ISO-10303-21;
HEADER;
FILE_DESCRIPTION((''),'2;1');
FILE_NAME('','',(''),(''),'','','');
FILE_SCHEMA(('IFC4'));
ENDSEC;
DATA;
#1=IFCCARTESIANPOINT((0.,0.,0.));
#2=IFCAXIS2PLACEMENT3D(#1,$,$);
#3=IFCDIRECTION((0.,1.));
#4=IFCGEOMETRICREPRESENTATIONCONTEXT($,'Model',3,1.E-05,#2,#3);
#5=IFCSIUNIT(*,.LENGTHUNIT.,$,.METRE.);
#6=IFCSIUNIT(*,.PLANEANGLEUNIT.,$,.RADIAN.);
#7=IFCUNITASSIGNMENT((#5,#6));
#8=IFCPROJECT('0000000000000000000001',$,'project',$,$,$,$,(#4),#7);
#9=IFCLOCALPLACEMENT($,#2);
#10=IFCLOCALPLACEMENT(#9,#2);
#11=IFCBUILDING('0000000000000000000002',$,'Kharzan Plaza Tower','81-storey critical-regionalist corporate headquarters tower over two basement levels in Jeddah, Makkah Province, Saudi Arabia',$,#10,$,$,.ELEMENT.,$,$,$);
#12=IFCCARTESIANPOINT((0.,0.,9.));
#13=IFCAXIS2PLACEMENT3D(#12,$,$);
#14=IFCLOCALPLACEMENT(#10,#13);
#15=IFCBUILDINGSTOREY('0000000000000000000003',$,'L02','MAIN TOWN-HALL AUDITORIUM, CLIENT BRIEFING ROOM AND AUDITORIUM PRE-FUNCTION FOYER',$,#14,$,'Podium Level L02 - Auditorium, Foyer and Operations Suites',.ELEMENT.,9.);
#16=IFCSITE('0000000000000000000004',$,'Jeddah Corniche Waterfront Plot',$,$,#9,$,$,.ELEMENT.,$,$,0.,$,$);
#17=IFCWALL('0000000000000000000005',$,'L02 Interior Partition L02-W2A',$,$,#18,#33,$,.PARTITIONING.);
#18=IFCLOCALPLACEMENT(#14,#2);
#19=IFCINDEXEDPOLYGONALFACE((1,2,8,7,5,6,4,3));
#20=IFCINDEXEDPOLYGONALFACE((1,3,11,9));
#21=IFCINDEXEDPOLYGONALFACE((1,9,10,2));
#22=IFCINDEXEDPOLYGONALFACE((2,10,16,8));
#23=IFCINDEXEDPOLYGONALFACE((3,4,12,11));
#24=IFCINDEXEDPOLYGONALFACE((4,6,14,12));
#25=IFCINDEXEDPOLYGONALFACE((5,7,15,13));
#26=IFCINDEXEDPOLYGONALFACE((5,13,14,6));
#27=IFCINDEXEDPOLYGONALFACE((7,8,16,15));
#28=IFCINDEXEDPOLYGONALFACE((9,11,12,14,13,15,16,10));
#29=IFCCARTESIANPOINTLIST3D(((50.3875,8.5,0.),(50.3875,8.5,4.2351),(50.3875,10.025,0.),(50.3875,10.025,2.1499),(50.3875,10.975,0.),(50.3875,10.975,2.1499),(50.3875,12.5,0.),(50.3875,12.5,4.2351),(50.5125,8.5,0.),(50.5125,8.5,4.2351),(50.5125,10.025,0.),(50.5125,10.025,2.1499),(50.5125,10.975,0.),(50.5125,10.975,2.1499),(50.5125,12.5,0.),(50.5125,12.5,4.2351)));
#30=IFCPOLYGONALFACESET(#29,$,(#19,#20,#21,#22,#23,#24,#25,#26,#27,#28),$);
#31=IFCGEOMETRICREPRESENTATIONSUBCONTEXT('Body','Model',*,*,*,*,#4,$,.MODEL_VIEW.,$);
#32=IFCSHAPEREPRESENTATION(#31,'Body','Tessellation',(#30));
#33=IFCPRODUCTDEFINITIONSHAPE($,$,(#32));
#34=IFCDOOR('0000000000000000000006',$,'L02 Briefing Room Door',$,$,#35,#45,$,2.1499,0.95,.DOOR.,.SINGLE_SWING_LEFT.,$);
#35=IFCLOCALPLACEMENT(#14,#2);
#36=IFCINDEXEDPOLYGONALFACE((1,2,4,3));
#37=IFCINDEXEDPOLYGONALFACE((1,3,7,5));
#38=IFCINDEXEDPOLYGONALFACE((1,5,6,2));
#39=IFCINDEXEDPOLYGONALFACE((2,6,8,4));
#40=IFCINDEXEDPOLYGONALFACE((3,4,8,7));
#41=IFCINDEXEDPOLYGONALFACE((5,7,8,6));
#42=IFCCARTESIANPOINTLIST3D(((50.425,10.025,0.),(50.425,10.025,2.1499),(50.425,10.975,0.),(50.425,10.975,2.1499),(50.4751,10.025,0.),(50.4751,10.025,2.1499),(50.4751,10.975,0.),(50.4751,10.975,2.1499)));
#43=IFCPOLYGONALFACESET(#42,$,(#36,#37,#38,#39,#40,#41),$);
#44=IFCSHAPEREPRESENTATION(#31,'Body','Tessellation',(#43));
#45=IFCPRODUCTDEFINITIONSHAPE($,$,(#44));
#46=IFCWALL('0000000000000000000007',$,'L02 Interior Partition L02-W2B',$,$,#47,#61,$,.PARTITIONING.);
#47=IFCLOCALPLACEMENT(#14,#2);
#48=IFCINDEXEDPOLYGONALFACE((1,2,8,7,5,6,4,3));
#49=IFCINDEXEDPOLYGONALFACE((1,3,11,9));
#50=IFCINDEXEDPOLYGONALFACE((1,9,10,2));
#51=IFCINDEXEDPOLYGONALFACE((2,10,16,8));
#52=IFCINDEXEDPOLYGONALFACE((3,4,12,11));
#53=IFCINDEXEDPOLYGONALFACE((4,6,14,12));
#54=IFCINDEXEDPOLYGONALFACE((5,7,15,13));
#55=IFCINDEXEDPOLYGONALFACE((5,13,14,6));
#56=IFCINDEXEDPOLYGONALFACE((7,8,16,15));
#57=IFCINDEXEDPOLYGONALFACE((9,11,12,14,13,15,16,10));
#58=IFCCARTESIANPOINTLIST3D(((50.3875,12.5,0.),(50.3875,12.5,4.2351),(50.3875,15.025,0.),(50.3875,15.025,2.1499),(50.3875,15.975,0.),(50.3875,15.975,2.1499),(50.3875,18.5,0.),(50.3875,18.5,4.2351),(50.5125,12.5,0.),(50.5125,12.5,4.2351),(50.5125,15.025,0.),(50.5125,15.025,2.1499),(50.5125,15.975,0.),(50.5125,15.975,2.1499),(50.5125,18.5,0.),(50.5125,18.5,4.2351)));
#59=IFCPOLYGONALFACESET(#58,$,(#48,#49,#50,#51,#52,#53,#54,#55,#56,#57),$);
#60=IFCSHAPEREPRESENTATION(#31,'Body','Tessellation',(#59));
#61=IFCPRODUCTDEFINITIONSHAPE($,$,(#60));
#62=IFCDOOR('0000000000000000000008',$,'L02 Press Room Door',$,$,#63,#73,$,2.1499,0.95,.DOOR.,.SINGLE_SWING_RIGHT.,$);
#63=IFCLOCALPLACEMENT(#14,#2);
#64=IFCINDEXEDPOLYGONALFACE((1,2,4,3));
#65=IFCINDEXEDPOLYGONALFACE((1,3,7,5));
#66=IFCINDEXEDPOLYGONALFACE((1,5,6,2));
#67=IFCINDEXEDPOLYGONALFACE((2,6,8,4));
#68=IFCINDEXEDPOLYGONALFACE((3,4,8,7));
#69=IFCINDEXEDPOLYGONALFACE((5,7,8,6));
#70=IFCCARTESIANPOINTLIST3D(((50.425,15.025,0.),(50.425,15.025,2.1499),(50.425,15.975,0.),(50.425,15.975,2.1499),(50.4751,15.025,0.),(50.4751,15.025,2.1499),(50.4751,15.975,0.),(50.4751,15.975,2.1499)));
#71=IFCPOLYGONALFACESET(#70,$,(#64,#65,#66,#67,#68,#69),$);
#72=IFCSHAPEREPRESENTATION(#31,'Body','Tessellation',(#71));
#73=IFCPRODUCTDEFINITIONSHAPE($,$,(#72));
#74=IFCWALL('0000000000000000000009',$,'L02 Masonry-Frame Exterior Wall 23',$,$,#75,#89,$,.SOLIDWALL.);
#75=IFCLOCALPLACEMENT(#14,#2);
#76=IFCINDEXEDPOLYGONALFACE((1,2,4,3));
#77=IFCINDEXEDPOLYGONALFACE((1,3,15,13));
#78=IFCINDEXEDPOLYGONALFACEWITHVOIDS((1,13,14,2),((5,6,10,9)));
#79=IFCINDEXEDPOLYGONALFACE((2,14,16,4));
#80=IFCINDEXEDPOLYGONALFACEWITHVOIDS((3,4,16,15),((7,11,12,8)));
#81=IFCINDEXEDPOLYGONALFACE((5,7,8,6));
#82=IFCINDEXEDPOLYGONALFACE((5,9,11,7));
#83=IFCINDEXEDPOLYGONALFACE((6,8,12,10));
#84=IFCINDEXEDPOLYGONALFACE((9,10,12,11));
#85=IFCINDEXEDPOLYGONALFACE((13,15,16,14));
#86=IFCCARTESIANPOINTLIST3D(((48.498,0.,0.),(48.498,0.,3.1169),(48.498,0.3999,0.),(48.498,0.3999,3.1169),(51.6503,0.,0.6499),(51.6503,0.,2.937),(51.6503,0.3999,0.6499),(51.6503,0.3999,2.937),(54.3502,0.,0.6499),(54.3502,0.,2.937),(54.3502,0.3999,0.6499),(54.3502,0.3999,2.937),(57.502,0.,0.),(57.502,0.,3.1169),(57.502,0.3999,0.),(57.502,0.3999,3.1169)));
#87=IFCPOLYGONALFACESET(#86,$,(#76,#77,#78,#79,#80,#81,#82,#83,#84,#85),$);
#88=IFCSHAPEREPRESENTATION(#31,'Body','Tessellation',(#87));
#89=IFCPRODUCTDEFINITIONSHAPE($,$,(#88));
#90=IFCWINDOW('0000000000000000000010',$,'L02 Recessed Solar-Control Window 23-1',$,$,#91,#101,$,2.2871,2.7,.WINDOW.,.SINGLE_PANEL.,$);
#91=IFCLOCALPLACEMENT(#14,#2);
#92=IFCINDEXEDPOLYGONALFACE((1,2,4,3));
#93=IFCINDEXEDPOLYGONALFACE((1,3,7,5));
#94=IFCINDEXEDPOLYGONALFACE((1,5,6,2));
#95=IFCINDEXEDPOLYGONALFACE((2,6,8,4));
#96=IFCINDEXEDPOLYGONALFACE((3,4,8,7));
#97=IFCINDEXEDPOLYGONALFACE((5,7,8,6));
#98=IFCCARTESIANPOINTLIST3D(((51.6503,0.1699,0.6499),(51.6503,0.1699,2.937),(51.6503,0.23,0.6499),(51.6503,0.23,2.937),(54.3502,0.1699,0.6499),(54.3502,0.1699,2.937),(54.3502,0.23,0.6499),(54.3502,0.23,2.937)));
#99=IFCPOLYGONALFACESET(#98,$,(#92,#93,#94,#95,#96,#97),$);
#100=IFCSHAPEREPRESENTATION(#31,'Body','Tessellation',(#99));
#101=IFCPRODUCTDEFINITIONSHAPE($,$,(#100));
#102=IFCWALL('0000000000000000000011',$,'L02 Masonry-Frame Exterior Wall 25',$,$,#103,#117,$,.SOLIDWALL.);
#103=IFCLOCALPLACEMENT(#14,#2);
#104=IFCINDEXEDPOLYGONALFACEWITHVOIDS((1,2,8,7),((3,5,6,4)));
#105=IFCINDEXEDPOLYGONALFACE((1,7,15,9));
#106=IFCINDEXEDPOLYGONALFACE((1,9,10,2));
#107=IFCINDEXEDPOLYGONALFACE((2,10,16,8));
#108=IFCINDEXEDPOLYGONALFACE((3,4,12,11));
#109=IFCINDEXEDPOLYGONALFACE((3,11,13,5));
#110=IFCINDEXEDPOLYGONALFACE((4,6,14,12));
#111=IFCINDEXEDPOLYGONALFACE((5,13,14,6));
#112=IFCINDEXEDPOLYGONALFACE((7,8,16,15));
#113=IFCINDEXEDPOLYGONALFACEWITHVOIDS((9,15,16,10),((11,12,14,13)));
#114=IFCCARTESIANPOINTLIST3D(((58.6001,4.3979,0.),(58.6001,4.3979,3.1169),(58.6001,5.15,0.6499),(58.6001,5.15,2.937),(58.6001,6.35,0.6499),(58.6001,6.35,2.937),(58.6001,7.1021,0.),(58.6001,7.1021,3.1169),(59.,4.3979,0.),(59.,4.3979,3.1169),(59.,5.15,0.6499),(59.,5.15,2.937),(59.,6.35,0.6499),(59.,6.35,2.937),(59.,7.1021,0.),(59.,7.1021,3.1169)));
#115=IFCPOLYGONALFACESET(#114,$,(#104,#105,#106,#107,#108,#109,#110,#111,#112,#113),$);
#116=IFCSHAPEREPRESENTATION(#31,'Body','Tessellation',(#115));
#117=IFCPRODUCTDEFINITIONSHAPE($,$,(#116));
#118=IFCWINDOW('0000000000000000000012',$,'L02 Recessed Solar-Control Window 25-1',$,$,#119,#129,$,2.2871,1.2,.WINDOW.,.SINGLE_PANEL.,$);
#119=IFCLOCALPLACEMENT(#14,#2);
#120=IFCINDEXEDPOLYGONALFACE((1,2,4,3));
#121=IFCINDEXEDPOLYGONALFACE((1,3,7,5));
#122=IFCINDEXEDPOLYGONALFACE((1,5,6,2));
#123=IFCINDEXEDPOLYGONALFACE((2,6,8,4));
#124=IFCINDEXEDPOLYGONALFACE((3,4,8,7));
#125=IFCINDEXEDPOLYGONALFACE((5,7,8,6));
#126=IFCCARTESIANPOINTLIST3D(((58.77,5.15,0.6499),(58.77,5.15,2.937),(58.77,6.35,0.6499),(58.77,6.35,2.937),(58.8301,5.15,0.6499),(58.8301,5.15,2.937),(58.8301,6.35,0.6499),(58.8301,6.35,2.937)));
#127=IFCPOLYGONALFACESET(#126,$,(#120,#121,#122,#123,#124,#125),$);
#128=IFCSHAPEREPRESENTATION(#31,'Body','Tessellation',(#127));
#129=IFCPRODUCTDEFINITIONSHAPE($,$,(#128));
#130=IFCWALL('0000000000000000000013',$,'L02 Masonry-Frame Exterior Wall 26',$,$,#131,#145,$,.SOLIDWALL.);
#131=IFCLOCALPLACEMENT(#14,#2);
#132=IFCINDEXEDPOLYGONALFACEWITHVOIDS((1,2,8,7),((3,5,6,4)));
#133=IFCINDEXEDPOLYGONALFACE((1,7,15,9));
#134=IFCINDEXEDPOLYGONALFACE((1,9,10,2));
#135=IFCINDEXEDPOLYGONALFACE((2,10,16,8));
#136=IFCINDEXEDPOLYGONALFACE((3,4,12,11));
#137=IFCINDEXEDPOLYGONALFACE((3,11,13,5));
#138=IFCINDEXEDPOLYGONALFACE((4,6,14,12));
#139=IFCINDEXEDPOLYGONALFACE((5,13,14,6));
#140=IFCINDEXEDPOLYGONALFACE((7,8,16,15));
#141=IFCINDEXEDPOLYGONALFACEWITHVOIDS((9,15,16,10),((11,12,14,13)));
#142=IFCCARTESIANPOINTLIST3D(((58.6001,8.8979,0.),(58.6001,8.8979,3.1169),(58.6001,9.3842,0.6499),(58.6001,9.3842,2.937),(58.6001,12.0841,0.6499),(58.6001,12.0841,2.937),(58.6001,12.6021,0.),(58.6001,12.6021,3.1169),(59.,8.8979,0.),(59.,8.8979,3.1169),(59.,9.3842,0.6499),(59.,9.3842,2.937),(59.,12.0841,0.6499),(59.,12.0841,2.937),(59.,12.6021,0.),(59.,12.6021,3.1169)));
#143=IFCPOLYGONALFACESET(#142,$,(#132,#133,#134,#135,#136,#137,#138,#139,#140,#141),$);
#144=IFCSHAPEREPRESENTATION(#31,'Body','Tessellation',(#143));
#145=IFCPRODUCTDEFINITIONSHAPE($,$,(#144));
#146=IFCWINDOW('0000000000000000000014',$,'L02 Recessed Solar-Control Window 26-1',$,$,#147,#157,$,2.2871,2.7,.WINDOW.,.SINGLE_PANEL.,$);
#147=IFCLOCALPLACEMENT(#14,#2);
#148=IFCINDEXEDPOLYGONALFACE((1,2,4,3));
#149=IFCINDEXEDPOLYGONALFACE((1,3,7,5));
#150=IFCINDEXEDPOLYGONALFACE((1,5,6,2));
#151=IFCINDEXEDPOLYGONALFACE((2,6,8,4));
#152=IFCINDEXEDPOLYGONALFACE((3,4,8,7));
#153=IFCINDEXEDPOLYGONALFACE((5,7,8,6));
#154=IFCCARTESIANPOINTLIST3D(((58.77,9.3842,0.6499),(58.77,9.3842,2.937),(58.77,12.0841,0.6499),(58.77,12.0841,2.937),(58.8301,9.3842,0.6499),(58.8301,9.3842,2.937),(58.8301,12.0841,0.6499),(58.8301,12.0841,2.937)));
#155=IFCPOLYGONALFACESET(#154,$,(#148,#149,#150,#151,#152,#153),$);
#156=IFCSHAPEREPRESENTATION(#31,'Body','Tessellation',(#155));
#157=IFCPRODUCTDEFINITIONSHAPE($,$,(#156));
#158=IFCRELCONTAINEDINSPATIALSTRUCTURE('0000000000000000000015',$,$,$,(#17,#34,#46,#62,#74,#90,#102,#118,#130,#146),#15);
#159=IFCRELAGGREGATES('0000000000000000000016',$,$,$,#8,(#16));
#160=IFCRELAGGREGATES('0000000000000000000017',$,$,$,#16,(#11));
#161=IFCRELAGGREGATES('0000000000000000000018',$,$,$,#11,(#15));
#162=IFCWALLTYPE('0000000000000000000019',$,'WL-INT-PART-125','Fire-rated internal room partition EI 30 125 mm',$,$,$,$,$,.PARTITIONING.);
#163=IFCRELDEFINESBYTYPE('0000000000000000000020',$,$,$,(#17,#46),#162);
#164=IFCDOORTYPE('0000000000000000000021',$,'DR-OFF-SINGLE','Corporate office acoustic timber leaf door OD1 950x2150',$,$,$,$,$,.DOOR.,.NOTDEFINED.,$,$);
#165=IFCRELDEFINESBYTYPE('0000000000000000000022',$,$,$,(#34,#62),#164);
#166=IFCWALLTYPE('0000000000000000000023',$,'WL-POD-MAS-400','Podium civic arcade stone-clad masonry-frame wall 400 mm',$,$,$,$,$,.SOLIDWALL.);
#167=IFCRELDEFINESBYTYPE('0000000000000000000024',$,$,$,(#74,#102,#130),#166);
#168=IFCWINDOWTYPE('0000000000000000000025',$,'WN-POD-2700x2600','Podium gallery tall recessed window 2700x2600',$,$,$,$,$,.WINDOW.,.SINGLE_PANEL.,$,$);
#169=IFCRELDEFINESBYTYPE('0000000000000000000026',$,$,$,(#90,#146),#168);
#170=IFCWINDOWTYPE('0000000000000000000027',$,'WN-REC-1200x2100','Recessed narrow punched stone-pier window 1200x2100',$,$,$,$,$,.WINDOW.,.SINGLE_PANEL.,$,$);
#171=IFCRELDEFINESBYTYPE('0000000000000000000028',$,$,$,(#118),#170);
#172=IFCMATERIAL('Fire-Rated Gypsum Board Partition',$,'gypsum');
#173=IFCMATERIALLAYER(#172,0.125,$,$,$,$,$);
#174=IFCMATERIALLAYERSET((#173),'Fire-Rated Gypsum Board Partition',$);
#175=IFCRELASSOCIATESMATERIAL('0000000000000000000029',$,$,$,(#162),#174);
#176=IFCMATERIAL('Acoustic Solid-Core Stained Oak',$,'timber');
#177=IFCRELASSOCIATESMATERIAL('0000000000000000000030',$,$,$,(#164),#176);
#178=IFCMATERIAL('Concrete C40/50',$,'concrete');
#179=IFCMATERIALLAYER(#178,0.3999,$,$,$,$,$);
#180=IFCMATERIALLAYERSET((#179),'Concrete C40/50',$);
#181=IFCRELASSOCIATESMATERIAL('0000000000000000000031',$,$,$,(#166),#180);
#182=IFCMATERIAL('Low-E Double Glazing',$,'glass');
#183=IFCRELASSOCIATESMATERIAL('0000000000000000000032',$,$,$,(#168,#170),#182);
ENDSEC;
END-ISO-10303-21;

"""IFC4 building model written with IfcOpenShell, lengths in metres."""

from ifc_helpers import new_model, si_unit, direction, frame, frame_2d, origin, place, context, subcontext, project, spatial, rectangle, extrude, source, transform, mapped, material, layer, layer_set, type_object, element, fill, save


model = new_model("IFC4")

# Units and contexts
model_context = context("Model", 3, precision=1e-05, world=origin(), true_north=direction((0.0, 1.0)))
body_context = subcontext(model_context, "Body", "Model", "MODEL_VIEW")
ifc_project = project(units=[si_unit("LENGTHUNIT", "METRE"), si_unit("PLANEANGLEUNIT", "RADIAN")], contexts=[model_context])

# Site, building, storey
site_placement = place(None, origin())
site = spatial("IfcSite", under=ifc_project, at=site_placement, Name="Jeddah Corniche Waterfront Plot", CompositionType="ELEMENT", RefElevation=0.0)
building_placement = place(site_placement, origin())
building = spatial("IfcBuilding", under=site, at=building_placement, Name="Kharzan Plaza Tower", Description="81-storey critical-regionalist corporate headquarters tower over two basement levels in Jeddah, Makkah Province, Saudi Arabia", CompositionType="ELEMENT")
storey_placement = place(building_placement, frame((0.0, 0.0, 9.0)))
storey = spatial("IfcBuildingStorey", under=building, at=storey_placement, Name="L02", Description="MAIN TOWN-HALL AUDITORIUM, CLIENT BRIEFING ROOM AND AUDITORIUM PRE-FUNCTION FOYER", LongName="Podium Level L02 - Auditorium, Foyer and Operations Suites", CompositionType="ELEMENT", Elevation=9.0)

# Walls, openings, doors
ifc_material_1 = material(Name="Fire-Rated Gypsum Board Partition", Category="gypsum")
ifc_layer_1 = layer(ifc_material_1, 0.125)
ifc_layer_set_1 = layer_set([ifc_layer_1], Name="Fire-Rated Gypsum Board Partition")
wall_type_1 = type_object("IfcWallType", Name="WL-INT-PART-125", Description="Fire-rated internal room partition EI 30 125 mm", PredefinedType="PARTITIONING", material=ifc_layer_set_1)
wall_1_placement = place(storey_placement, frame((50.45, 8.5, 0.0), z_axis=(0.0, 0.0, 1.0), x_axis=(0.0, 1.0, 0.0)))
wall_1 = element("IfcWall", 1, at=wall_1_placement, inside=storey, type_object=wall_type_1, Name="L02 Interior Partition L02-W2A", PredefinedType="PARTITIONING", context=body_context, shape_type="SweptSolid", body=[
    extrude(rectangle(XDim=4.0, YDim=0.125, at=frame_2d((2.0, 0.0))), origin(), (0.0, 0.0, 1.0), 4.2351),
])
opening_1_placement = place(wall_1_placement, frame((1.5249, 0.0, 0.0)))
opening_1 = element("IfcOpeningElement", 2, at=opening_1_placement, cuts=wall_1, PredefinedType="OPENING", context=body_context, shape_type="SweptSolid", body=[
    extrude(rectangle(XDim=0.95, YDim=2.1499, at=frame_2d((0.4751, 1.075))), frame((0.0, 0.0725, 0.0), z_axis=(0.0, -1.0, 0.0), x_axis=(1.0, 0.0, 0.0)), (0.0, 0.0, 1.0), 0.145),
])
ifc_material_2 = material(Name="Acoustic Solid-Core Stained Oak", Category="timber")
door_type = type_object("IfcDoorType", Name="DR-OFF-SINGLE", Description="Corporate office acoustic timber leaf door OD1 950x2150", OperationType="NOTDEFINED", PredefinedType="DOOR", material=ifc_material_2)
shared_shape_1 = source(origin(), body_context, "Body", "SweptSolid", [
    extrude(rectangle(XDim=0.95, YDim=2.1499, at=frame_2d((0.4751, 1.075))), frame((0.0, 0.0249, 0.0), z_axis=(0.0, -1.0, 0.0), x_axis=(1.0, 0.0, 0.0)), (0.0, 0.0, 1.0), 0.05),
])
door_1_placement = place(opening_1_placement, origin())
door_1 = element("IfcDoor", 3, at=door_1_placement, inside=storey, type_object=door_type, Name="L02 Briefing Room Door", OperationType="SINGLE_SWING_LEFT", OverallHeight=2.1499, OverallWidth=0.95, PredefinedType="DOOR", context=body_context, shape_type="MappedRepresentation", body=[
    mapped(shared_shape_1, transform((0.0, 0.0, 0.0), x_axis=(1.0, 0.0, 0.0), y_axis=(0.0, 1.0, 0.0), z_axis=(0.0, 0.0, 1.0))),
])
fill(opening_1, door_1)
wall_2_placement = place(storey_placement, frame((50.45, 12.5, 0.0), z_axis=(0.0, 0.0, 1.0), x_axis=(0.0, 1.0, 0.0)))
wall_2 = element("IfcWall", 4, at=wall_2_placement, inside=storey, type_object=wall_type_1, Name="L02 Interior Partition L02-W2B", PredefinedType="PARTITIONING", context=body_context, shape_type="SweptSolid", body=[
    extrude(rectangle(XDim=6.0, YDim=0.125, at=frame_2d((3.0, 0.0))), origin(), (0.0, 0.0, 1.0), 4.2351),
])
opening_2_placement = place(wall_2_placement, frame((2.5249, 0.0, 0.0)))
opening_2 = element("IfcOpeningElement", 5, at=opening_2_placement, cuts=wall_2, PredefinedType="OPENING", context=body_context, shape_type="SweptSolid", body=[
    extrude(rectangle(XDim=0.95, YDim=2.1499, at=frame_2d((0.4751, 1.075))), frame((0.0, 0.0725, 0.0), z_axis=(0.0, -1.0, 0.0), x_axis=(1.0, 0.0, 0.0)), (0.0, 0.0, 1.0), 0.145),
])
door_2_placement = place(opening_2_placement, origin())
door_2 = element("IfcDoor", 6, at=door_2_placement, inside=storey, type_object=door_type, Name="L02 Press Room Door", OperationType="SINGLE_SWING_RIGHT", OverallHeight=2.1499, OverallWidth=0.95, PredefinedType="DOOR", context=body_context, shape_type="MappedRepresentation", body=[
    mapped(shared_shape_1, transform((0.0, 0.0, 0.0), x_axis=(1.0, 0.0, 0.0), y_axis=(0.0, 1.0, 0.0), z_axis=(0.0, 0.0, 1.0))),
])
fill(opening_2, door_2)

# Walls, openings, windows
ifc_material_3 = material(Name="Concrete C40/50", Category="concrete")
ifc_layer_2 = layer(ifc_material_3, 0.3999)
ifc_layer_set_2 = layer_set([ifc_layer_2], Name="Concrete C40/50")
wall_type_2 = type_object("IfcWallType", Name="WL-POD-MAS-400", Description="Podium civic arcade stone-clad masonry-frame wall 400 mm", PredefinedType="SOLIDWALL", material=ifc_layer_set_2)
wall_3_placement = place(storey_placement, frame((48.498, 0.2, 0.0), z_axis=(0.0, 0.0, 1.0), x_axis=(1.0, 0.0, 0.0)))
wall_3 = element("IfcWall", 7, at=wall_3_placement, inside=storey, type_object=wall_type_2, Name="L02 Masonry-Frame Exterior Wall 23", PredefinedType="SOLIDWALL", context=body_context, shape_type="SweptSolid", body=[
    extrude(rectangle(XDim=9.0039, YDim=0.3999, at=frame_2d((4.502, 0.0))), origin(), (0.0, 0.0, 1.0), 3.1169),
])
opening_3_placement = place(wall_3_placement, frame((3.1521, 0.0, 0.6499)))
opening_3 = element("IfcOpeningElement", 8, at=opening_3_placement, cuts=wall_3, PredefinedType="OPENING", context=body_context, shape_type="SweptSolid", body=[
    extrude(rectangle(XDim=2.7, YDim=2.2871, at=frame_2d((1.3501, 1.1436))), frame((0.0, 0.21, 0.0), z_axis=(0.0, -1.0, 0.0), x_axis=(1.0, 0.0, 0.0)), (0.0, 0.0, 1.0), 0.4199),
])
ifc_material_4 = material(Name="Low-E Double Glazing", Category="glass")
window_type_1 = type_object("IfcWindowType", Name="WN-POD-2700x2600", Description="Podium gallery tall recessed window 2700x2600", PartitioningType="SINGLE_PANEL", PredefinedType="WINDOW", material=ifc_material_4)
shared_shape_2 = source(origin(), body_context, "Body", "SweptSolid", [
    extrude(rectangle(XDim=2.7, YDim=2.2871, at=frame_2d((1.3501, 1.1436))), frame((0.0, 0.03, 0.0), z_axis=(0.0, -1.0, 0.0), x_axis=(1.0, 0.0, 0.0)), (0.0, 0.0, 1.0), 0.0601),
])
window_1_placement = place(opening_3_placement, origin())
window_1 = element("IfcWindow", 9, at=window_1_placement, inside=storey, type_object=window_type_1, Name="L02 Recessed Solar-Control Window 23-1", OverallHeight=2.2871, OverallWidth=2.7, PartitioningType="SINGLE_PANEL", PredefinedType="WINDOW", context=body_context, shape_type="MappedRepresentation", body=[
    mapped(shared_shape_2, transform((0.0, 0.0, 0.0), x_axis=(1.0, 0.0, 0.0), y_axis=(0.0, 1.0, 0.0), z_axis=(0.0, 0.0, 1.0))),
])
fill(opening_3, window_1)
wall_4_placement = place(storey_placement, frame((58.8, 4.3979, 0.0), z_axis=(0.0, 0.0, 1.0), x_axis=(0.0, 1.0, 0.0)))
wall_4 = element("IfcWall", 10, at=wall_4_placement, inside=storey, type_object=wall_type_2, Name="L02 Masonry-Frame Exterior Wall 25", PredefinedType="SOLIDWALL", context=body_context, shape_type="SweptSolid", body=[
    extrude(rectangle(XDim=2.7041, YDim=0.3999, at=frame_2d((1.3521, 0.0))), origin(), (0.0, 0.0, 1.0), 3.1169),
])
opening_4_placement = place(wall_4_placement, frame((0.752, 0.0, 0.6499)))
opening_4 = element("IfcOpeningElement", 11, at=opening_4_placement, cuts=wall_4, PredefinedType="OPENING", context=body_context, shape_type="SweptSolid", body=[
    extrude(rectangle(XDim=1.2, YDim=2.2871, at=frame_2d((0.6001, 1.1436))), frame((0.0, 0.21, 0.0), z_axis=(0.0, -1.0, 0.0), x_axis=(1.0, 0.0, 0.0)), (0.0, 0.0, 1.0), 0.4199),
])
window_type_2 = type_object("IfcWindowType", Name="WN-REC-1200x2100", Description="Recessed narrow punched stone-pier window 1200x2100", PartitioningType="SINGLE_PANEL", PredefinedType="WINDOW", material=ifc_material_4)
shared_shape_3 = source(origin(), body_context, "Body", "SweptSolid", [
    extrude(rectangle(XDim=1.2, YDim=2.2871, at=frame_2d((0.6001, 1.1436))), frame((0.0, 0.03, 0.0), z_axis=(0.0, -1.0, 0.0), x_axis=(1.0, 0.0, 0.0)), (0.0, 0.0, 1.0), 0.0601),
])
window_2_placement = place(opening_4_placement, origin())
window_2 = element("IfcWindow", 12, at=window_2_placement, inside=storey, type_object=window_type_2, Name="L02 Recessed Solar-Control Window 25-1", OverallHeight=2.2871, OverallWidth=1.2, PartitioningType="SINGLE_PANEL", PredefinedType="WINDOW", context=body_context, shape_type="MappedRepresentation", body=[
    mapped(shared_shape_3, transform((0.0, 0.0, 0.0), x_axis=(1.0, 0.0, 0.0), y_axis=(0.0, 1.0, 0.0), z_axis=(0.0, 0.0, 1.0))),
])
fill(opening_4, window_2)
wall_5_placement = place(storey_placement, frame((58.8, 8.8979, 0.0), z_axis=(0.0, 0.0, 1.0), x_axis=(0.0, 1.0, 0.0)))
wall_5 = element("IfcWall", 13, at=wall_5_placement, inside=storey, type_object=wall_type_2, Name="L02 Masonry-Frame Exterior Wall 26", PredefinedType="SOLIDWALL", context=body_context, shape_type="SweptSolid", body=[
    extrude(rectangle(XDim=3.7041, YDim=0.3999, at=frame_2d((1.8521, 0.0))), origin(), (0.0, 0.0, 1.0), 3.1169),
])
opening_5_placement = place(wall_5_placement, frame((0.4861, 0.0, 0.6499)))
opening_5 = element("IfcOpeningElement", 14, at=opening_5_placement, cuts=wall_5, PredefinedType="OPENING", context=body_context, shape_type="SweptSolid", body=[
    extrude(rectangle(XDim=2.7, YDim=2.2871, at=frame_2d((1.3501, 1.1436))), frame((0.0, 0.21, 0.0), z_axis=(0.0, -1.0, 0.0), x_axis=(1.0, 0.0, 0.0)), (0.0, 0.0, 1.0), 0.4199),
])
window_3_placement = place(opening_5_placement, origin())
window_3 = element("IfcWindow", 15, at=window_3_placement, inside=storey, type_object=window_type_1, Name="L02 Recessed Solar-Control Window 26-1", OverallHeight=2.2871, OverallWidth=2.7, PartitioningType="SINGLE_PANEL", PredefinedType="WINDOW", context=body_context, shape_type="MappedRepresentation", body=[
    mapped(shared_shape_2, transform((0.0, 0.0, 0.0), x_axis=(1.0, 0.0, 0.0), y_axis=(0.0, 1.0, 0.0), z_axis=(0.0, 0.0, 1.0))),
])
fill(opening_5, window_3)

save(model, "model.ifc")
